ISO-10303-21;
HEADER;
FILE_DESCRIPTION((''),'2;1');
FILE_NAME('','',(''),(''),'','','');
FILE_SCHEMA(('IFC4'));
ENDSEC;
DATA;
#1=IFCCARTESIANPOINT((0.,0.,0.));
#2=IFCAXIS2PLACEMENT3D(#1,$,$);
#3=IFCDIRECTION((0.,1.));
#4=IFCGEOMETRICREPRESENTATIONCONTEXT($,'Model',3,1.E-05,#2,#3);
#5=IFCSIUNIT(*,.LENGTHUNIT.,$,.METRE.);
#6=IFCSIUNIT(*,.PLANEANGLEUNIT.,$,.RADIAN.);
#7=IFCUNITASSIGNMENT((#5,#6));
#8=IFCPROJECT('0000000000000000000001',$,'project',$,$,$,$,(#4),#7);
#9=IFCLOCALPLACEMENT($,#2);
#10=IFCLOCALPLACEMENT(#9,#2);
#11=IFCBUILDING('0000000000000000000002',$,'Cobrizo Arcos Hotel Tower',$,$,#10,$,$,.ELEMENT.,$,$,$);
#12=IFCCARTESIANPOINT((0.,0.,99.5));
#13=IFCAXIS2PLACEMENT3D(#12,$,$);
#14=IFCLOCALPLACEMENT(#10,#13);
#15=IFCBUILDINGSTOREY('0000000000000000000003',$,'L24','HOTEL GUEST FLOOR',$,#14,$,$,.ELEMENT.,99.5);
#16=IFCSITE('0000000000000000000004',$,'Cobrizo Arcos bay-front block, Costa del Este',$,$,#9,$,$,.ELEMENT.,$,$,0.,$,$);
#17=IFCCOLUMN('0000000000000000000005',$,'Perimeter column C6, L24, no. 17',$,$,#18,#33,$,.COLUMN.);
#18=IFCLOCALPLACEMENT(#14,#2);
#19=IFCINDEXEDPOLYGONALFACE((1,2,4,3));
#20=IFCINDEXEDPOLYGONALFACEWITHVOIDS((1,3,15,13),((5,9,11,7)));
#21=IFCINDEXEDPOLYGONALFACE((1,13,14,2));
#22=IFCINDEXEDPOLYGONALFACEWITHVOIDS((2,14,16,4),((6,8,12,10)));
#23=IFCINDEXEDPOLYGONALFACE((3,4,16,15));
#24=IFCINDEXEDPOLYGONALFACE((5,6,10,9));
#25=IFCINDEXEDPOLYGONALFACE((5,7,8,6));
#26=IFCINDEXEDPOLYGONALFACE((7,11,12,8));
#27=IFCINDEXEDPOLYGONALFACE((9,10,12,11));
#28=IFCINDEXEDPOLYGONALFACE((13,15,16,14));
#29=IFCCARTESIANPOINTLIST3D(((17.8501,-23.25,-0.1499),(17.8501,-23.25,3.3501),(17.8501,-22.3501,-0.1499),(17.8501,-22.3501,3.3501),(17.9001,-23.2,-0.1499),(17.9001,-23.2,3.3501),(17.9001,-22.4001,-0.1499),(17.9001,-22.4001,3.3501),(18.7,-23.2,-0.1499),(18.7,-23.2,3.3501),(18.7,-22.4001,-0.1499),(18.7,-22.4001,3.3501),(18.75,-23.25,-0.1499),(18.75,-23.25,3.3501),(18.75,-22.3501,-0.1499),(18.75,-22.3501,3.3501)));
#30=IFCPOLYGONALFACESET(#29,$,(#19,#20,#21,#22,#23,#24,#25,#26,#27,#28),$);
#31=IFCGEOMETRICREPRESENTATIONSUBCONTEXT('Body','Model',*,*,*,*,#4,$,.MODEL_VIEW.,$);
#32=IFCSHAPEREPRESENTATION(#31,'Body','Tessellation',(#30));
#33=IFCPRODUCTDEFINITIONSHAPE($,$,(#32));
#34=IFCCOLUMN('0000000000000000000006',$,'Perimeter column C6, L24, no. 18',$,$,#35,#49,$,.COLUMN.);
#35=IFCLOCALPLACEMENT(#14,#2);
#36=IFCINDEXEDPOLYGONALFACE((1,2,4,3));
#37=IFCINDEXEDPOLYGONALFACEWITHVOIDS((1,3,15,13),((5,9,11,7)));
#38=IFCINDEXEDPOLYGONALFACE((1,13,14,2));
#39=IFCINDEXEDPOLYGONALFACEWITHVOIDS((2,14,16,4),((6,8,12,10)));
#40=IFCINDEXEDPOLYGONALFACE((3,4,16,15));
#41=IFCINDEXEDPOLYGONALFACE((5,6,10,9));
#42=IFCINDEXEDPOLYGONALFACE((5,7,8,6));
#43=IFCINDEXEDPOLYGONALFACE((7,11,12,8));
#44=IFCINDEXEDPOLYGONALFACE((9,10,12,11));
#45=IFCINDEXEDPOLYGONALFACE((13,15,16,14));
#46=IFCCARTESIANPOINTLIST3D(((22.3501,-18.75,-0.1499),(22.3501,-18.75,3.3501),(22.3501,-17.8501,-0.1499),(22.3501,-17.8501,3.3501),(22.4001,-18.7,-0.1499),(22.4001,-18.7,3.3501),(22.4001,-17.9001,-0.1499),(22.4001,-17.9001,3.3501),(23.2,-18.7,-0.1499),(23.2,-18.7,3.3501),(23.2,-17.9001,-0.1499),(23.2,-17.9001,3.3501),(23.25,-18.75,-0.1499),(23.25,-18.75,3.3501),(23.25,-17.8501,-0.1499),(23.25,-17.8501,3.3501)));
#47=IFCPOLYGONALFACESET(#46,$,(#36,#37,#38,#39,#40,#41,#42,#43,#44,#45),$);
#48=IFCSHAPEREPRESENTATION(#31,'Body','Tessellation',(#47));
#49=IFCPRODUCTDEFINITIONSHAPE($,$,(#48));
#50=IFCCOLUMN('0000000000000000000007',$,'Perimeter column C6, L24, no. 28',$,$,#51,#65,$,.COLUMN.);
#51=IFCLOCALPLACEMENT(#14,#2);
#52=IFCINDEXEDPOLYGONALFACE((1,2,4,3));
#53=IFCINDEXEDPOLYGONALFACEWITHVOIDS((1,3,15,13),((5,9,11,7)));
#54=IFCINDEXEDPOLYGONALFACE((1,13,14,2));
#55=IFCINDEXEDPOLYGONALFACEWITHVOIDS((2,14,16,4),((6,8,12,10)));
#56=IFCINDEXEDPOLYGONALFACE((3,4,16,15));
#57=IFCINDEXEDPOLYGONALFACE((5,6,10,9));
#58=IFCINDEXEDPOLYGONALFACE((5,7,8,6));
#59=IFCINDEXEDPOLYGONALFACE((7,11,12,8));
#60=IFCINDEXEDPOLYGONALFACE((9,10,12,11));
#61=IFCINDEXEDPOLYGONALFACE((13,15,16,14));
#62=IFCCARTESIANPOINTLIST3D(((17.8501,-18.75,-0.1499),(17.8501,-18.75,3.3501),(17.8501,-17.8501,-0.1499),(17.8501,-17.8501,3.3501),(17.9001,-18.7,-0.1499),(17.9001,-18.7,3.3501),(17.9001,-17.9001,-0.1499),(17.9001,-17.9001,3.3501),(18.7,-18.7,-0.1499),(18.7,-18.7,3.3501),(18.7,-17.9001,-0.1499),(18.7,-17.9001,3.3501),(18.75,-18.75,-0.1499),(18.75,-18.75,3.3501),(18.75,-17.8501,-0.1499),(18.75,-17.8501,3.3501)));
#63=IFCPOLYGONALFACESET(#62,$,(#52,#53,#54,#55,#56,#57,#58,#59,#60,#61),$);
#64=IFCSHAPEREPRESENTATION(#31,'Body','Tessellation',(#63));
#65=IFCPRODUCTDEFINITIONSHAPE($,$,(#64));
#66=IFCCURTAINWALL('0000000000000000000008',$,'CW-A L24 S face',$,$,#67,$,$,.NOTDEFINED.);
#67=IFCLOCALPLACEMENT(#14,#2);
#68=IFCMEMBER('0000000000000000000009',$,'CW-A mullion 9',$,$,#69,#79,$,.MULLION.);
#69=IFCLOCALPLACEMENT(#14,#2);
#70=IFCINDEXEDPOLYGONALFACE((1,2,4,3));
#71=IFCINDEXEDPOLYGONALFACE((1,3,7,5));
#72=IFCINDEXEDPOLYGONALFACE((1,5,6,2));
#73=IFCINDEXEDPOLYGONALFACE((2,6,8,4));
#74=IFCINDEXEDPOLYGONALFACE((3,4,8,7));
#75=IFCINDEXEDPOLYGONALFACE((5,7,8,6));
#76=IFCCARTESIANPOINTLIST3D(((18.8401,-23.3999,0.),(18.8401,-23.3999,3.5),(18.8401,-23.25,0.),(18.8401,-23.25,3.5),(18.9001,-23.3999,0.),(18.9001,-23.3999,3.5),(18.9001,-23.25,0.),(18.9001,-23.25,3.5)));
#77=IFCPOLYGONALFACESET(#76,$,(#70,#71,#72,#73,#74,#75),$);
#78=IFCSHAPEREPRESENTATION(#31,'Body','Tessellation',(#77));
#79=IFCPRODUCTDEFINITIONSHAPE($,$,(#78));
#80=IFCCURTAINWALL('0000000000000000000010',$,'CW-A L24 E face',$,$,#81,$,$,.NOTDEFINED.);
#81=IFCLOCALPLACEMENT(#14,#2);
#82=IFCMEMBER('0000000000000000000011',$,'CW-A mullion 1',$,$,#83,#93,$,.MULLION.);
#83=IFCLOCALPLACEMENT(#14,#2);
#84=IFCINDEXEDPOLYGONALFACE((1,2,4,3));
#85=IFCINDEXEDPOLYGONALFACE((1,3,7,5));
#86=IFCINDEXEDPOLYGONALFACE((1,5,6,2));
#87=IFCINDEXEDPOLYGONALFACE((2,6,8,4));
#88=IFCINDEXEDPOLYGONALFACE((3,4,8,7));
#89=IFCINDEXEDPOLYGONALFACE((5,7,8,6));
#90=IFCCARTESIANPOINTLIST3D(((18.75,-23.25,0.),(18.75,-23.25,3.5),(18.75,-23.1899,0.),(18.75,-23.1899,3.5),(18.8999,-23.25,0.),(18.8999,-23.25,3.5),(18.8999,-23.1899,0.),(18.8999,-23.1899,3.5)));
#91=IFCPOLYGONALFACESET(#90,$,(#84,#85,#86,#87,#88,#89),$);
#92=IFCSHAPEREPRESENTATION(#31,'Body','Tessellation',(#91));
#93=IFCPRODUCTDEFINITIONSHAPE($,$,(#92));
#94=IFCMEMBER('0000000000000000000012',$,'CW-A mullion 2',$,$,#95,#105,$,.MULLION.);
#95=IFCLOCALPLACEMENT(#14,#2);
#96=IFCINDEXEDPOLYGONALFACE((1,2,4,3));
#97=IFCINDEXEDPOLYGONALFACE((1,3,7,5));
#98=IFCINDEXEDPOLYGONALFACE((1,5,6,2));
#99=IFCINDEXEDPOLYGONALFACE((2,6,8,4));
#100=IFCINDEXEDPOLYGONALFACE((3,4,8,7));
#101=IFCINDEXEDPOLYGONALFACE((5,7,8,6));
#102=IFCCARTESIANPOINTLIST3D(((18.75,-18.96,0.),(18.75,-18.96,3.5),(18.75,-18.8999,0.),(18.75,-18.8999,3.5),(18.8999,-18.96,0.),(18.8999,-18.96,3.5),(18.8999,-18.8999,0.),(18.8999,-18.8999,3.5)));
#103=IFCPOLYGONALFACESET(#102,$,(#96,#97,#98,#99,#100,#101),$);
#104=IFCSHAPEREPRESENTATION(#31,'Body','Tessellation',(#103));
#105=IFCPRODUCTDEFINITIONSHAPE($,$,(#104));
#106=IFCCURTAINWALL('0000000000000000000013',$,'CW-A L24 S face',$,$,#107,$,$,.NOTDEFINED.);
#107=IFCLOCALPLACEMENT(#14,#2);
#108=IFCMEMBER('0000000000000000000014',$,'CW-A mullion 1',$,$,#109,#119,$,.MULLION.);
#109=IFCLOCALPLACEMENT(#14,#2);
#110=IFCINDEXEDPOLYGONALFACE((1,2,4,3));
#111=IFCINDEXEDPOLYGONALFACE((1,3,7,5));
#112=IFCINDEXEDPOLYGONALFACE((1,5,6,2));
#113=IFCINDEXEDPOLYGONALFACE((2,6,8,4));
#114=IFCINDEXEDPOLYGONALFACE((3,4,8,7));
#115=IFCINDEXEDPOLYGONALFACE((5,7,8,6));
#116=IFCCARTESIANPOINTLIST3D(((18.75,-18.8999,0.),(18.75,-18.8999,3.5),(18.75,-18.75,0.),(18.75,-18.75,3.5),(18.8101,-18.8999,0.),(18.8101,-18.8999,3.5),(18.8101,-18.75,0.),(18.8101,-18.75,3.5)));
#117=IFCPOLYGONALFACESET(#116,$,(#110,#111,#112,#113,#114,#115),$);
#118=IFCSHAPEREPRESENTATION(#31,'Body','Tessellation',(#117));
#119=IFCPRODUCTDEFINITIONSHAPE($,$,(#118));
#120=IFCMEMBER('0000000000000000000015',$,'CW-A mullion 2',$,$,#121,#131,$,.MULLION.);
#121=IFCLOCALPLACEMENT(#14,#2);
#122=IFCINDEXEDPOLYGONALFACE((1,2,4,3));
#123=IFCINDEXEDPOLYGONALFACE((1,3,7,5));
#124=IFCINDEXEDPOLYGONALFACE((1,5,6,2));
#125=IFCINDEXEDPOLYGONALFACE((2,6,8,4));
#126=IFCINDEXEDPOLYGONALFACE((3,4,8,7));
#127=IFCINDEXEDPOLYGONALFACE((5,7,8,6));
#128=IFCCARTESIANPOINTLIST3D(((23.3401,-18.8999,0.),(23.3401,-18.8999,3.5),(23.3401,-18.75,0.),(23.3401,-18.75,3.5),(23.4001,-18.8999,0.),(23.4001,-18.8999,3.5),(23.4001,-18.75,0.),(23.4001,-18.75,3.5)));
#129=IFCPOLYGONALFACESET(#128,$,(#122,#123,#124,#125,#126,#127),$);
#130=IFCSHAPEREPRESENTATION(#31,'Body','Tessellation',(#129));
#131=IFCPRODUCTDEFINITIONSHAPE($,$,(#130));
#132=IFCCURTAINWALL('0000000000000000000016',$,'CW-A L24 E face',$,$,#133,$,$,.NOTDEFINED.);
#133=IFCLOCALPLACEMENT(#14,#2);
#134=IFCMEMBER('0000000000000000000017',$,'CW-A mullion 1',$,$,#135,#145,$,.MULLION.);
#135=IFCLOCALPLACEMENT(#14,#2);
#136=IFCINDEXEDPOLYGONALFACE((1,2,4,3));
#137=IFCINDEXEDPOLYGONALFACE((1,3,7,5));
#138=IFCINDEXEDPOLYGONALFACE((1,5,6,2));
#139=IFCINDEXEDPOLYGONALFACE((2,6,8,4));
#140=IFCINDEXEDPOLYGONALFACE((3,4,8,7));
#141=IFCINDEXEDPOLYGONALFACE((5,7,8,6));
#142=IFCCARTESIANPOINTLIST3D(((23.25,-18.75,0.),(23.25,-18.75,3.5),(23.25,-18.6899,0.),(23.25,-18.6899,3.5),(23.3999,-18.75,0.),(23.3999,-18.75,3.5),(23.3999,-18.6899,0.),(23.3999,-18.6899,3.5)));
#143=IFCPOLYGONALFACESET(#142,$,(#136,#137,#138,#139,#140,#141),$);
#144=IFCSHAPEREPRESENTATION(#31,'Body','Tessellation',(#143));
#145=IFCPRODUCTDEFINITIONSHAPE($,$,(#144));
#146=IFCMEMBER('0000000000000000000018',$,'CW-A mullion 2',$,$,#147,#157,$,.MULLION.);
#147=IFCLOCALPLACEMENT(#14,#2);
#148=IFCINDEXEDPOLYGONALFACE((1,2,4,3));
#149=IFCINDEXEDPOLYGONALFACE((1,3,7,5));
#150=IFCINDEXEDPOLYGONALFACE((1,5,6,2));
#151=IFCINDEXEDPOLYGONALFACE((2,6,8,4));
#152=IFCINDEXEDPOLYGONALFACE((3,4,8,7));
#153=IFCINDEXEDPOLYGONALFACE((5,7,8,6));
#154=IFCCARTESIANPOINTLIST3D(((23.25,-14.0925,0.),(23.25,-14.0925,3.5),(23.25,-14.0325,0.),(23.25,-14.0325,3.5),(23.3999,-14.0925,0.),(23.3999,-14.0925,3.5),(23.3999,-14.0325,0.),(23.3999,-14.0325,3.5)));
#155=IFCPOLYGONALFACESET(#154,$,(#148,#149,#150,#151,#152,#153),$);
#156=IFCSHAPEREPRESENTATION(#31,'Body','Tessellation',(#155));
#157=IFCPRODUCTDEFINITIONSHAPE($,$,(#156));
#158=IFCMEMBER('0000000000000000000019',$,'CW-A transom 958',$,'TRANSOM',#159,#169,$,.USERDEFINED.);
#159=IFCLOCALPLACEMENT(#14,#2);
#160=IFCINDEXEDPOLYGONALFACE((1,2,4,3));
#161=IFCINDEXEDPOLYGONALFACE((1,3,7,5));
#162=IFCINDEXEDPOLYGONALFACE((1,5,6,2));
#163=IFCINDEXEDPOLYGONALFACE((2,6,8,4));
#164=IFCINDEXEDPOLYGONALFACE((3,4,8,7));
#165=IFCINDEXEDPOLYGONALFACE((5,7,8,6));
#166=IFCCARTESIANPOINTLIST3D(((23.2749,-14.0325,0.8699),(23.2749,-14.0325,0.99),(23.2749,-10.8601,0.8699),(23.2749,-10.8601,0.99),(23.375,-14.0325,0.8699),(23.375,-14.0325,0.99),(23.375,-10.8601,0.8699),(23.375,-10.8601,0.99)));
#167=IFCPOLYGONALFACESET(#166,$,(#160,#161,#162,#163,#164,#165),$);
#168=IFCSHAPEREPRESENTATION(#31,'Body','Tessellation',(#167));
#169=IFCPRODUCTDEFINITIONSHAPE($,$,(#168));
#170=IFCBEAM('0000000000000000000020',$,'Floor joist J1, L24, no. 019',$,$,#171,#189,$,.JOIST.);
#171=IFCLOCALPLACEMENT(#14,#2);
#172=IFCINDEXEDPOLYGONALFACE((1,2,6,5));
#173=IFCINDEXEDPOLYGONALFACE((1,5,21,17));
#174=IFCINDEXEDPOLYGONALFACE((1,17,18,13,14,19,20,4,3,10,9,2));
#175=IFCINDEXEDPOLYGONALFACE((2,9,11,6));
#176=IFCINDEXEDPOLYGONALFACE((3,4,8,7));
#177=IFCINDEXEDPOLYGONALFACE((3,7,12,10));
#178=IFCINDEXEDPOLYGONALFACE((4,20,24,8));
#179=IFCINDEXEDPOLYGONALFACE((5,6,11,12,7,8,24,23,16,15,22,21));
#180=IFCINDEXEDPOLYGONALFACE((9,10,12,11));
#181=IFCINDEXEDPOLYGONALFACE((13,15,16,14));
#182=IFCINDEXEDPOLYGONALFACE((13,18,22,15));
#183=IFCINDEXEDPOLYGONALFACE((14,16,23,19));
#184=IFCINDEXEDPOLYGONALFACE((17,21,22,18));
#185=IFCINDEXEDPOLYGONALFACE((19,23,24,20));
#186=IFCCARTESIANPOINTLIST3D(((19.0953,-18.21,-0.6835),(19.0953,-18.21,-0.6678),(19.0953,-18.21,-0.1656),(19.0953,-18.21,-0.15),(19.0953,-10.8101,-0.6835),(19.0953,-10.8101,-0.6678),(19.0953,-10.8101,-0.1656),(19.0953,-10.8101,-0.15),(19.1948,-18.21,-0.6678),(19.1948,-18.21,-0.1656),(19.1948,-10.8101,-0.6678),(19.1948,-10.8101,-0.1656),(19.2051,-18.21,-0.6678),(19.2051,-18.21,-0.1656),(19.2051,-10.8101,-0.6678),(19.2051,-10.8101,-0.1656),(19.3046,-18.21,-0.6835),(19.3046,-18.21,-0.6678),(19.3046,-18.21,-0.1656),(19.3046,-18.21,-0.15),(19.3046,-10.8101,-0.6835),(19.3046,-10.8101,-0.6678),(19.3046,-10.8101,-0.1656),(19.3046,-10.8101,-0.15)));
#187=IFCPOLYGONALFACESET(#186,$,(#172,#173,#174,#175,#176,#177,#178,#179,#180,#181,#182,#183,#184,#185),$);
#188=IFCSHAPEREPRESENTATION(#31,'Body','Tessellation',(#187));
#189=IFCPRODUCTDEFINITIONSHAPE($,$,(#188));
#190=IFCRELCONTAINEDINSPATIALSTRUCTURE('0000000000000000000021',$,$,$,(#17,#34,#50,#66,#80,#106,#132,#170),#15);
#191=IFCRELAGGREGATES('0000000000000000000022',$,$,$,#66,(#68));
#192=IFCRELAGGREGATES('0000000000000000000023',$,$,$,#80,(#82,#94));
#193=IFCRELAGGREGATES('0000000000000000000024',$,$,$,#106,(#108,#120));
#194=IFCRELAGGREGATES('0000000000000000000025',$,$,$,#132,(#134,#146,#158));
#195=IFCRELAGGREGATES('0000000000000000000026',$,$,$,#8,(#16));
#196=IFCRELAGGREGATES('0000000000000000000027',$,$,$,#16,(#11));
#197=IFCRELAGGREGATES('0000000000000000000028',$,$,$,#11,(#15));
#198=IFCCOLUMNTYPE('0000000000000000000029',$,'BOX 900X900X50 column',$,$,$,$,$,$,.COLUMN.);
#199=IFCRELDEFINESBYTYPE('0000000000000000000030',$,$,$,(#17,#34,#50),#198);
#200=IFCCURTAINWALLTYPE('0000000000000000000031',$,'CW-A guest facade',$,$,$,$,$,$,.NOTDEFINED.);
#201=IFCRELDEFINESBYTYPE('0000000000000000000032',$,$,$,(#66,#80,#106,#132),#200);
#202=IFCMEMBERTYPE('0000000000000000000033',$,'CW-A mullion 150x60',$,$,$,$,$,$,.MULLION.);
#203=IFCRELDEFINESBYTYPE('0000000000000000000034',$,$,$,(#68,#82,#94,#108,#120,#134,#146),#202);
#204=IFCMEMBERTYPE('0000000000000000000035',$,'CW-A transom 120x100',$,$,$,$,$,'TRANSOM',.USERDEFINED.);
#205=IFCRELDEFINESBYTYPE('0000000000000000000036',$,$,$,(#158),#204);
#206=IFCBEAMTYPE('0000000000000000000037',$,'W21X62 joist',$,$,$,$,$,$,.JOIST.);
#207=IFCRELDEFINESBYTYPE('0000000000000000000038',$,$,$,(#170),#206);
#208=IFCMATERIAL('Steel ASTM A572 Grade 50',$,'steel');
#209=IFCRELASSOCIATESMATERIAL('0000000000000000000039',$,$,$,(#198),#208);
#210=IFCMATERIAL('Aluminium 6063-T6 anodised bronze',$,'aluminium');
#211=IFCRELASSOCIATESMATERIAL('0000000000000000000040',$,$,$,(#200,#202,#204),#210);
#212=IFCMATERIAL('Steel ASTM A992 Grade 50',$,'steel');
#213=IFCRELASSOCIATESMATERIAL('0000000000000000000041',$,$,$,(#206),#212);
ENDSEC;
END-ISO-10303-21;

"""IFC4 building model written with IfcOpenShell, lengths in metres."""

from ifc_helpers import new_model, si_unit, direction, frame, origin, origin_2d, place, context, subcontext, project, spatial, rectangle, hollow_rectangle, i_section, extrude, material, material_profile, profile_set, type_object, element, aggregate, save


model = new_model("IFC4")

# Units and contexts
model_context = context("Model", 3, precision=1e-05, world=origin(), true_north=direction((0.0, 1.0)))
body_context = subcontext(model_context, "Body", "Model", "MODEL_VIEW")
ifc_project = project(units=[si_unit("LENGTHUNIT", "METRE"), si_unit("PLANEANGLEUNIT", "RADIAN")], contexts=[model_context])

# Site, building, storey
site_placement = place(None, origin())
site = spatial("IfcSite", under=ifc_project, at=site_placement, Name="Cobrizo Arcos bay-front block, Costa del Este", CompositionType="ELEMENT", RefElevation=0.0)
building_placement = place(site_placement, origin())
building = spatial("IfcBuilding", under=site, at=building_placement, Name="Cobrizo Arcos Hotel Tower", CompositionType="ELEMENT")
storey_placement = place(building_placement, frame((0.0, 0.0, 99.5)))
storey = spatial("IfcBuildingStorey", under=building, at=storey_placement, Name="L24", Description="HOTEL GUEST FLOOR", CompositionType="ELEMENT", Elevation=99.5)

# Columns
ifc_material_1 = material(Name="Steel ASTM A572 Grade 50", Category="steel")
ifc_material_profile_1 = material_profile(ifc_material_1, hollow_rectangle(XDim=0.8999, YDim=0.8999, WallThickness=0.05, at=origin_2d()), Name="BOX 900X900X50")
ifc_profile_set_1 = profile_set([ifc_material_profile_1], Name="Steel ASTM A572 Grade 50")
column_type = type_object("IfcColumnType", Name="BOX 900X900X50 column", PredefinedType="COLUMN", material=ifc_profile_set_1)
for number, where, z_axis, x_axis, name in (
    (1, (18.3, -22.8, -0.1499), (0.0, 0.0, 1.0), (1.0, 0.0, 0.0), "Perimeter column C6, L24, no. 17"),
    (2, (22.8, -18.3, -0.1499), (0.0, 0.0, 1.0), (1.0, 0.0, 0.0), "Perimeter column C6, L24, no. 18"),
    (3, (18.3, -18.3, -0.1499), (0.0, 0.0, 1.0), (1.0, 0.0, 0.0), "Perimeter column C6, L24, no. 28"),
):
    element("IfcColumn", number, at=place(storey_placement, frame(where, z_axis=z_axis, x_axis=x_axis)), inside=storey, type_object=column_type, Name=name, PredefinedType="COLUMN", context=body_context, shape_type="SweptSolid", body=[
        extrude(hollow_rectangle(XDim=0.8999, YDim=0.8999, WallThickness=0.05, at=origin_2d()), origin(), (0.0, 0.0, 1.0), 3.5),
    ])

# Curtain wall, member
ifc_material_2 = material(Name="Aluminium 6063-T6 anodised bronze", Category="aluminium")
curtain_wall_type = type_object("IfcCurtainWallType", Name="CW-A guest facade", PredefinedType="NOTDEFINED", material=ifc_material_2)
curtain_wall_1_placement = place(storey_placement, origin())
curtain_wall_1 = element("IfcCurtainWall", 4, at=curtain_wall_1_placement, inside=storey, type_object=curtain_wall_type, Name="CW-A L24 S face", PredefinedType="NOTDEFINED")
ifc_material_profile_2 = material_profile(ifc_material_2, rectangle(XDim=0.1499, YDim=0.0601, at=origin_2d()), Name="CW-A mullion 150x60")
ifc_profile_set_2 = profile_set([ifc_material_profile_2], Name="Aluminium 6063-T6 anodised bronze")
member_type_1 = type_object("IfcMemberType", Name="CW-A mullion 150x60", PredefinedType="MULLION", material=ifc_profile_set_2)
member_1_placement = place(storey_placement, frame((18.8701, -23.325, 0.0), z_axis=(0.0, 0.0, 1.0), x_axis=(0.0, -1.0, 0.0)))
member_1 = element("IfcMember", 5, at=member_1_placement, type_object=member_type_1, Name="CW-A mullion 9", PredefinedType="MULLION", context=body_context, shape_type="SweptSolid", body=[
    extrude(rectangle(XDim=0.1499, YDim=0.0601, at=origin_2d()), origin(), (0.0, 0.0, 1.0), 3.5),
])

# Curtain walls, members
curtain_wall_2_placement = place(storey_placement, origin())
curtain_wall_2 = element("IfcCurtainWall", 6, at=curtain_wall_2_placement, inside=storey, type_object=curtain_wall_type, Name="CW-A L24 E face", PredefinedType="NOTDEFINED")
member_2_placement = place(storey_placement, frame((18.825, -23.22, 0.0), z_axis=(0.0, 0.0, 1.0), x_axis=(1.0, 0.0, 0.0)))
member_2 = element("IfcMember", 7, at=member_2_placement, type_object=member_type_1, Name="CW-A mullion 1", PredefinedType="MULLION", context=body_context, shape_type="SweptSolid", body=[
    extrude(rectangle(XDim=0.1499, YDim=0.0601, at=origin_2d()), origin(), (0.0, 0.0, 1.0), 3.5),
])
member_3_placement = place(storey_placement, frame((18.825, -18.9299, 0.0), z_axis=(0.0, 0.0, 1.0), x_axis=(1.0, 0.0, 0.0)))
member_3 = element("IfcMember", 8, at=member_3_placement, type_object=member_type_1, Name="CW-A mullion 2", PredefinedType="MULLION", context=body_context, shape_type="SweptSolid", body=[
    extrude(rectangle(XDim=0.1499, YDim=0.0601, at=origin_2d()), origin(), (0.0, 0.0, 1.0), 3.5),
])
curtain_wall_3_placement = place(storey_placement, origin())
curtain_wall_3 = element("IfcCurtainWall", 9, at=curtain_wall_3_placement, inside=storey, type_object=curtain_wall_type, Name="CW-A L24 S face", PredefinedType="NOTDEFINED")
member_4_placement = place(storey_placement, frame((18.78, -18.825, 0.0), z_axis=(0.0, 0.0, 1.0), x_axis=(0.0, -1.0, 0.0)))
member_4 = element("IfcMember", 10, at=member_4_placement, type_object=member_type_1, Name="CW-A mullion 1", PredefinedType="MULLION", context=body_context, shape_type="SweptSolid", body=[
    extrude(rectangle(XDim=0.1499, YDim=0.0601, at=origin_2d()), origin(), (0.0, 0.0, 1.0), 3.5),
])
member_5_placement = place(storey_placement, frame((23.3701, -18.825, 0.0), z_axis=(0.0, 0.0, 1.0), x_axis=(0.0, -1.0, 0.0)))
member_5 = element("IfcMember", 11, at=member_5_placement, type_object=member_type_1, Name="CW-A mullion 2", PredefinedType="MULLION", context=body_context, shape_type="SweptSolid", body=[
    extrude(rectangle(XDim=0.1499, YDim=0.0601, at=origin_2d()), origin(), (0.0, 0.0, 1.0), 3.5),
])
curtain_wall_4_placement = place(storey_placement, origin())
curtain_wall_4 = element("IfcCurtainWall", 12, at=curtain_wall_4_placement, inside=storey, type_object=curtain_wall_type, Name="CW-A L24 E face", PredefinedType="NOTDEFINED")
member_6_placement = place(storey_placement, frame((23.325, -18.72, 0.0), z_axis=(0.0, 0.0, 1.0), x_axis=(1.0, 0.0, 0.0)))
member_6 = element("IfcMember", 13, at=member_6_placement, type_object=member_type_1, Name="CW-A mullion 1", PredefinedType="MULLION", context=body_context, shape_type="SweptSolid", body=[
    extrude(rectangle(XDim=0.1499, YDim=0.0601, at=origin_2d()), origin(), (0.0, 0.0, 1.0), 3.5),
])
member_7_placement = place(storey_placement, frame((23.325, -14.0625, 0.0), z_axis=(0.0, 0.0, 1.0), x_axis=(1.0, 0.0, 0.0)))
member_7 = element("IfcMember", 14, at=member_7_placement, type_object=member_type_1, Name="CW-A mullion 2", PredefinedType="MULLION", context=body_context, shape_type="SweptSolid", body=[
    extrude(rectangle(XDim=0.1499, YDim=0.0601, at=origin_2d()), origin(), (0.0, 0.0, 1.0), 3.5),
])
ifc_material_profile_3 = material_profile(ifc_material_2, rectangle(XDim=0.1001, YDim=0.1201, at=origin_2d()), Name="CW-A transom 120x100")
ifc_profile_set_3 = profile_set([ifc_material_profile_3], Name="Aluminium 6063-T6 anodised bronze")
member_type_2 = type_object("IfcMemberType", Name="CW-A transom 120x100", ElementType="TRANSOM", PredefinedType="USERDEFINED", material=ifc_profile_set_3)
member_8_placement = place(storey_placement, frame((23.325, -14.0325, 0.9299), z_axis=(0.0, 1.0, 0.0), x_axis=(-1.0, 0.0, 0.0)))
member_8 = element("IfcMember", 15, at=member_8_placement, type_object=member_type_2, Name="CW-A transom 958", ObjectType="TRANSOM", PredefinedType="USERDEFINED", context=body_context, shape_type="SweptSolid", body=[
    extrude(rectangle(XDim=0.1001, YDim=0.1201, at=origin_2d()), origin(), (0.0, 0.0, 1.0), 3.1724),
])

# Beam
ifc_material_3 = material(Name="Steel ASTM A992 Grade 50", Category="steel")
ifc_material_profile_4 = material_profile(ifc_material_3, i_section(OverallWidth=0.2092, OverallDepth=0.5334, WebThickness=0.0103, FlangeThickness=0.0156, at=origin_2d()), Name="W21X62")
ifc_profile_set_4 = profile_set([ifc_material_profile_4], Name="Steel ASTM A992 Grade 50")
beam_type_1 = type_object("IfcBeamType", Name="W21X62 joist", PredefinedType="JOIST", material=ifc_profile_set_4)
beam_1_placement = place(storey_placement, frame((19.2, -18.21, -0.4167), z_axis=(0.0, 1.0, 0.0), x_axis=(-1.0, 0.0, 0.0)))
element("IfcBeam", 16, at=beam_1_placement, inside=storey, type_object=beam_type_1, Name="Floor joist J1, L24, no. 019", PredefinedType="JOIST", context=body_context, shape_type="SweptSolid", body=[
    extrude(i_section(OverallWidth=0.2092, OverallDepth=0.5334, WebThickness=0.0103, FlangeThickness=0.0156, at=origin_2d()), origin(), (0.0, 0.0, 1.0), 7.3999),
])

aggregate(curtain_wall_1, [member_1])
aggregate(curtain_wall_2, [member_2, member_3])
aggregate(curtain_wall_3, [member_4, member_5])
aggregate(curtain_wall_4, [member_6, member_7, member_8])

save(model, "model.ifc")
